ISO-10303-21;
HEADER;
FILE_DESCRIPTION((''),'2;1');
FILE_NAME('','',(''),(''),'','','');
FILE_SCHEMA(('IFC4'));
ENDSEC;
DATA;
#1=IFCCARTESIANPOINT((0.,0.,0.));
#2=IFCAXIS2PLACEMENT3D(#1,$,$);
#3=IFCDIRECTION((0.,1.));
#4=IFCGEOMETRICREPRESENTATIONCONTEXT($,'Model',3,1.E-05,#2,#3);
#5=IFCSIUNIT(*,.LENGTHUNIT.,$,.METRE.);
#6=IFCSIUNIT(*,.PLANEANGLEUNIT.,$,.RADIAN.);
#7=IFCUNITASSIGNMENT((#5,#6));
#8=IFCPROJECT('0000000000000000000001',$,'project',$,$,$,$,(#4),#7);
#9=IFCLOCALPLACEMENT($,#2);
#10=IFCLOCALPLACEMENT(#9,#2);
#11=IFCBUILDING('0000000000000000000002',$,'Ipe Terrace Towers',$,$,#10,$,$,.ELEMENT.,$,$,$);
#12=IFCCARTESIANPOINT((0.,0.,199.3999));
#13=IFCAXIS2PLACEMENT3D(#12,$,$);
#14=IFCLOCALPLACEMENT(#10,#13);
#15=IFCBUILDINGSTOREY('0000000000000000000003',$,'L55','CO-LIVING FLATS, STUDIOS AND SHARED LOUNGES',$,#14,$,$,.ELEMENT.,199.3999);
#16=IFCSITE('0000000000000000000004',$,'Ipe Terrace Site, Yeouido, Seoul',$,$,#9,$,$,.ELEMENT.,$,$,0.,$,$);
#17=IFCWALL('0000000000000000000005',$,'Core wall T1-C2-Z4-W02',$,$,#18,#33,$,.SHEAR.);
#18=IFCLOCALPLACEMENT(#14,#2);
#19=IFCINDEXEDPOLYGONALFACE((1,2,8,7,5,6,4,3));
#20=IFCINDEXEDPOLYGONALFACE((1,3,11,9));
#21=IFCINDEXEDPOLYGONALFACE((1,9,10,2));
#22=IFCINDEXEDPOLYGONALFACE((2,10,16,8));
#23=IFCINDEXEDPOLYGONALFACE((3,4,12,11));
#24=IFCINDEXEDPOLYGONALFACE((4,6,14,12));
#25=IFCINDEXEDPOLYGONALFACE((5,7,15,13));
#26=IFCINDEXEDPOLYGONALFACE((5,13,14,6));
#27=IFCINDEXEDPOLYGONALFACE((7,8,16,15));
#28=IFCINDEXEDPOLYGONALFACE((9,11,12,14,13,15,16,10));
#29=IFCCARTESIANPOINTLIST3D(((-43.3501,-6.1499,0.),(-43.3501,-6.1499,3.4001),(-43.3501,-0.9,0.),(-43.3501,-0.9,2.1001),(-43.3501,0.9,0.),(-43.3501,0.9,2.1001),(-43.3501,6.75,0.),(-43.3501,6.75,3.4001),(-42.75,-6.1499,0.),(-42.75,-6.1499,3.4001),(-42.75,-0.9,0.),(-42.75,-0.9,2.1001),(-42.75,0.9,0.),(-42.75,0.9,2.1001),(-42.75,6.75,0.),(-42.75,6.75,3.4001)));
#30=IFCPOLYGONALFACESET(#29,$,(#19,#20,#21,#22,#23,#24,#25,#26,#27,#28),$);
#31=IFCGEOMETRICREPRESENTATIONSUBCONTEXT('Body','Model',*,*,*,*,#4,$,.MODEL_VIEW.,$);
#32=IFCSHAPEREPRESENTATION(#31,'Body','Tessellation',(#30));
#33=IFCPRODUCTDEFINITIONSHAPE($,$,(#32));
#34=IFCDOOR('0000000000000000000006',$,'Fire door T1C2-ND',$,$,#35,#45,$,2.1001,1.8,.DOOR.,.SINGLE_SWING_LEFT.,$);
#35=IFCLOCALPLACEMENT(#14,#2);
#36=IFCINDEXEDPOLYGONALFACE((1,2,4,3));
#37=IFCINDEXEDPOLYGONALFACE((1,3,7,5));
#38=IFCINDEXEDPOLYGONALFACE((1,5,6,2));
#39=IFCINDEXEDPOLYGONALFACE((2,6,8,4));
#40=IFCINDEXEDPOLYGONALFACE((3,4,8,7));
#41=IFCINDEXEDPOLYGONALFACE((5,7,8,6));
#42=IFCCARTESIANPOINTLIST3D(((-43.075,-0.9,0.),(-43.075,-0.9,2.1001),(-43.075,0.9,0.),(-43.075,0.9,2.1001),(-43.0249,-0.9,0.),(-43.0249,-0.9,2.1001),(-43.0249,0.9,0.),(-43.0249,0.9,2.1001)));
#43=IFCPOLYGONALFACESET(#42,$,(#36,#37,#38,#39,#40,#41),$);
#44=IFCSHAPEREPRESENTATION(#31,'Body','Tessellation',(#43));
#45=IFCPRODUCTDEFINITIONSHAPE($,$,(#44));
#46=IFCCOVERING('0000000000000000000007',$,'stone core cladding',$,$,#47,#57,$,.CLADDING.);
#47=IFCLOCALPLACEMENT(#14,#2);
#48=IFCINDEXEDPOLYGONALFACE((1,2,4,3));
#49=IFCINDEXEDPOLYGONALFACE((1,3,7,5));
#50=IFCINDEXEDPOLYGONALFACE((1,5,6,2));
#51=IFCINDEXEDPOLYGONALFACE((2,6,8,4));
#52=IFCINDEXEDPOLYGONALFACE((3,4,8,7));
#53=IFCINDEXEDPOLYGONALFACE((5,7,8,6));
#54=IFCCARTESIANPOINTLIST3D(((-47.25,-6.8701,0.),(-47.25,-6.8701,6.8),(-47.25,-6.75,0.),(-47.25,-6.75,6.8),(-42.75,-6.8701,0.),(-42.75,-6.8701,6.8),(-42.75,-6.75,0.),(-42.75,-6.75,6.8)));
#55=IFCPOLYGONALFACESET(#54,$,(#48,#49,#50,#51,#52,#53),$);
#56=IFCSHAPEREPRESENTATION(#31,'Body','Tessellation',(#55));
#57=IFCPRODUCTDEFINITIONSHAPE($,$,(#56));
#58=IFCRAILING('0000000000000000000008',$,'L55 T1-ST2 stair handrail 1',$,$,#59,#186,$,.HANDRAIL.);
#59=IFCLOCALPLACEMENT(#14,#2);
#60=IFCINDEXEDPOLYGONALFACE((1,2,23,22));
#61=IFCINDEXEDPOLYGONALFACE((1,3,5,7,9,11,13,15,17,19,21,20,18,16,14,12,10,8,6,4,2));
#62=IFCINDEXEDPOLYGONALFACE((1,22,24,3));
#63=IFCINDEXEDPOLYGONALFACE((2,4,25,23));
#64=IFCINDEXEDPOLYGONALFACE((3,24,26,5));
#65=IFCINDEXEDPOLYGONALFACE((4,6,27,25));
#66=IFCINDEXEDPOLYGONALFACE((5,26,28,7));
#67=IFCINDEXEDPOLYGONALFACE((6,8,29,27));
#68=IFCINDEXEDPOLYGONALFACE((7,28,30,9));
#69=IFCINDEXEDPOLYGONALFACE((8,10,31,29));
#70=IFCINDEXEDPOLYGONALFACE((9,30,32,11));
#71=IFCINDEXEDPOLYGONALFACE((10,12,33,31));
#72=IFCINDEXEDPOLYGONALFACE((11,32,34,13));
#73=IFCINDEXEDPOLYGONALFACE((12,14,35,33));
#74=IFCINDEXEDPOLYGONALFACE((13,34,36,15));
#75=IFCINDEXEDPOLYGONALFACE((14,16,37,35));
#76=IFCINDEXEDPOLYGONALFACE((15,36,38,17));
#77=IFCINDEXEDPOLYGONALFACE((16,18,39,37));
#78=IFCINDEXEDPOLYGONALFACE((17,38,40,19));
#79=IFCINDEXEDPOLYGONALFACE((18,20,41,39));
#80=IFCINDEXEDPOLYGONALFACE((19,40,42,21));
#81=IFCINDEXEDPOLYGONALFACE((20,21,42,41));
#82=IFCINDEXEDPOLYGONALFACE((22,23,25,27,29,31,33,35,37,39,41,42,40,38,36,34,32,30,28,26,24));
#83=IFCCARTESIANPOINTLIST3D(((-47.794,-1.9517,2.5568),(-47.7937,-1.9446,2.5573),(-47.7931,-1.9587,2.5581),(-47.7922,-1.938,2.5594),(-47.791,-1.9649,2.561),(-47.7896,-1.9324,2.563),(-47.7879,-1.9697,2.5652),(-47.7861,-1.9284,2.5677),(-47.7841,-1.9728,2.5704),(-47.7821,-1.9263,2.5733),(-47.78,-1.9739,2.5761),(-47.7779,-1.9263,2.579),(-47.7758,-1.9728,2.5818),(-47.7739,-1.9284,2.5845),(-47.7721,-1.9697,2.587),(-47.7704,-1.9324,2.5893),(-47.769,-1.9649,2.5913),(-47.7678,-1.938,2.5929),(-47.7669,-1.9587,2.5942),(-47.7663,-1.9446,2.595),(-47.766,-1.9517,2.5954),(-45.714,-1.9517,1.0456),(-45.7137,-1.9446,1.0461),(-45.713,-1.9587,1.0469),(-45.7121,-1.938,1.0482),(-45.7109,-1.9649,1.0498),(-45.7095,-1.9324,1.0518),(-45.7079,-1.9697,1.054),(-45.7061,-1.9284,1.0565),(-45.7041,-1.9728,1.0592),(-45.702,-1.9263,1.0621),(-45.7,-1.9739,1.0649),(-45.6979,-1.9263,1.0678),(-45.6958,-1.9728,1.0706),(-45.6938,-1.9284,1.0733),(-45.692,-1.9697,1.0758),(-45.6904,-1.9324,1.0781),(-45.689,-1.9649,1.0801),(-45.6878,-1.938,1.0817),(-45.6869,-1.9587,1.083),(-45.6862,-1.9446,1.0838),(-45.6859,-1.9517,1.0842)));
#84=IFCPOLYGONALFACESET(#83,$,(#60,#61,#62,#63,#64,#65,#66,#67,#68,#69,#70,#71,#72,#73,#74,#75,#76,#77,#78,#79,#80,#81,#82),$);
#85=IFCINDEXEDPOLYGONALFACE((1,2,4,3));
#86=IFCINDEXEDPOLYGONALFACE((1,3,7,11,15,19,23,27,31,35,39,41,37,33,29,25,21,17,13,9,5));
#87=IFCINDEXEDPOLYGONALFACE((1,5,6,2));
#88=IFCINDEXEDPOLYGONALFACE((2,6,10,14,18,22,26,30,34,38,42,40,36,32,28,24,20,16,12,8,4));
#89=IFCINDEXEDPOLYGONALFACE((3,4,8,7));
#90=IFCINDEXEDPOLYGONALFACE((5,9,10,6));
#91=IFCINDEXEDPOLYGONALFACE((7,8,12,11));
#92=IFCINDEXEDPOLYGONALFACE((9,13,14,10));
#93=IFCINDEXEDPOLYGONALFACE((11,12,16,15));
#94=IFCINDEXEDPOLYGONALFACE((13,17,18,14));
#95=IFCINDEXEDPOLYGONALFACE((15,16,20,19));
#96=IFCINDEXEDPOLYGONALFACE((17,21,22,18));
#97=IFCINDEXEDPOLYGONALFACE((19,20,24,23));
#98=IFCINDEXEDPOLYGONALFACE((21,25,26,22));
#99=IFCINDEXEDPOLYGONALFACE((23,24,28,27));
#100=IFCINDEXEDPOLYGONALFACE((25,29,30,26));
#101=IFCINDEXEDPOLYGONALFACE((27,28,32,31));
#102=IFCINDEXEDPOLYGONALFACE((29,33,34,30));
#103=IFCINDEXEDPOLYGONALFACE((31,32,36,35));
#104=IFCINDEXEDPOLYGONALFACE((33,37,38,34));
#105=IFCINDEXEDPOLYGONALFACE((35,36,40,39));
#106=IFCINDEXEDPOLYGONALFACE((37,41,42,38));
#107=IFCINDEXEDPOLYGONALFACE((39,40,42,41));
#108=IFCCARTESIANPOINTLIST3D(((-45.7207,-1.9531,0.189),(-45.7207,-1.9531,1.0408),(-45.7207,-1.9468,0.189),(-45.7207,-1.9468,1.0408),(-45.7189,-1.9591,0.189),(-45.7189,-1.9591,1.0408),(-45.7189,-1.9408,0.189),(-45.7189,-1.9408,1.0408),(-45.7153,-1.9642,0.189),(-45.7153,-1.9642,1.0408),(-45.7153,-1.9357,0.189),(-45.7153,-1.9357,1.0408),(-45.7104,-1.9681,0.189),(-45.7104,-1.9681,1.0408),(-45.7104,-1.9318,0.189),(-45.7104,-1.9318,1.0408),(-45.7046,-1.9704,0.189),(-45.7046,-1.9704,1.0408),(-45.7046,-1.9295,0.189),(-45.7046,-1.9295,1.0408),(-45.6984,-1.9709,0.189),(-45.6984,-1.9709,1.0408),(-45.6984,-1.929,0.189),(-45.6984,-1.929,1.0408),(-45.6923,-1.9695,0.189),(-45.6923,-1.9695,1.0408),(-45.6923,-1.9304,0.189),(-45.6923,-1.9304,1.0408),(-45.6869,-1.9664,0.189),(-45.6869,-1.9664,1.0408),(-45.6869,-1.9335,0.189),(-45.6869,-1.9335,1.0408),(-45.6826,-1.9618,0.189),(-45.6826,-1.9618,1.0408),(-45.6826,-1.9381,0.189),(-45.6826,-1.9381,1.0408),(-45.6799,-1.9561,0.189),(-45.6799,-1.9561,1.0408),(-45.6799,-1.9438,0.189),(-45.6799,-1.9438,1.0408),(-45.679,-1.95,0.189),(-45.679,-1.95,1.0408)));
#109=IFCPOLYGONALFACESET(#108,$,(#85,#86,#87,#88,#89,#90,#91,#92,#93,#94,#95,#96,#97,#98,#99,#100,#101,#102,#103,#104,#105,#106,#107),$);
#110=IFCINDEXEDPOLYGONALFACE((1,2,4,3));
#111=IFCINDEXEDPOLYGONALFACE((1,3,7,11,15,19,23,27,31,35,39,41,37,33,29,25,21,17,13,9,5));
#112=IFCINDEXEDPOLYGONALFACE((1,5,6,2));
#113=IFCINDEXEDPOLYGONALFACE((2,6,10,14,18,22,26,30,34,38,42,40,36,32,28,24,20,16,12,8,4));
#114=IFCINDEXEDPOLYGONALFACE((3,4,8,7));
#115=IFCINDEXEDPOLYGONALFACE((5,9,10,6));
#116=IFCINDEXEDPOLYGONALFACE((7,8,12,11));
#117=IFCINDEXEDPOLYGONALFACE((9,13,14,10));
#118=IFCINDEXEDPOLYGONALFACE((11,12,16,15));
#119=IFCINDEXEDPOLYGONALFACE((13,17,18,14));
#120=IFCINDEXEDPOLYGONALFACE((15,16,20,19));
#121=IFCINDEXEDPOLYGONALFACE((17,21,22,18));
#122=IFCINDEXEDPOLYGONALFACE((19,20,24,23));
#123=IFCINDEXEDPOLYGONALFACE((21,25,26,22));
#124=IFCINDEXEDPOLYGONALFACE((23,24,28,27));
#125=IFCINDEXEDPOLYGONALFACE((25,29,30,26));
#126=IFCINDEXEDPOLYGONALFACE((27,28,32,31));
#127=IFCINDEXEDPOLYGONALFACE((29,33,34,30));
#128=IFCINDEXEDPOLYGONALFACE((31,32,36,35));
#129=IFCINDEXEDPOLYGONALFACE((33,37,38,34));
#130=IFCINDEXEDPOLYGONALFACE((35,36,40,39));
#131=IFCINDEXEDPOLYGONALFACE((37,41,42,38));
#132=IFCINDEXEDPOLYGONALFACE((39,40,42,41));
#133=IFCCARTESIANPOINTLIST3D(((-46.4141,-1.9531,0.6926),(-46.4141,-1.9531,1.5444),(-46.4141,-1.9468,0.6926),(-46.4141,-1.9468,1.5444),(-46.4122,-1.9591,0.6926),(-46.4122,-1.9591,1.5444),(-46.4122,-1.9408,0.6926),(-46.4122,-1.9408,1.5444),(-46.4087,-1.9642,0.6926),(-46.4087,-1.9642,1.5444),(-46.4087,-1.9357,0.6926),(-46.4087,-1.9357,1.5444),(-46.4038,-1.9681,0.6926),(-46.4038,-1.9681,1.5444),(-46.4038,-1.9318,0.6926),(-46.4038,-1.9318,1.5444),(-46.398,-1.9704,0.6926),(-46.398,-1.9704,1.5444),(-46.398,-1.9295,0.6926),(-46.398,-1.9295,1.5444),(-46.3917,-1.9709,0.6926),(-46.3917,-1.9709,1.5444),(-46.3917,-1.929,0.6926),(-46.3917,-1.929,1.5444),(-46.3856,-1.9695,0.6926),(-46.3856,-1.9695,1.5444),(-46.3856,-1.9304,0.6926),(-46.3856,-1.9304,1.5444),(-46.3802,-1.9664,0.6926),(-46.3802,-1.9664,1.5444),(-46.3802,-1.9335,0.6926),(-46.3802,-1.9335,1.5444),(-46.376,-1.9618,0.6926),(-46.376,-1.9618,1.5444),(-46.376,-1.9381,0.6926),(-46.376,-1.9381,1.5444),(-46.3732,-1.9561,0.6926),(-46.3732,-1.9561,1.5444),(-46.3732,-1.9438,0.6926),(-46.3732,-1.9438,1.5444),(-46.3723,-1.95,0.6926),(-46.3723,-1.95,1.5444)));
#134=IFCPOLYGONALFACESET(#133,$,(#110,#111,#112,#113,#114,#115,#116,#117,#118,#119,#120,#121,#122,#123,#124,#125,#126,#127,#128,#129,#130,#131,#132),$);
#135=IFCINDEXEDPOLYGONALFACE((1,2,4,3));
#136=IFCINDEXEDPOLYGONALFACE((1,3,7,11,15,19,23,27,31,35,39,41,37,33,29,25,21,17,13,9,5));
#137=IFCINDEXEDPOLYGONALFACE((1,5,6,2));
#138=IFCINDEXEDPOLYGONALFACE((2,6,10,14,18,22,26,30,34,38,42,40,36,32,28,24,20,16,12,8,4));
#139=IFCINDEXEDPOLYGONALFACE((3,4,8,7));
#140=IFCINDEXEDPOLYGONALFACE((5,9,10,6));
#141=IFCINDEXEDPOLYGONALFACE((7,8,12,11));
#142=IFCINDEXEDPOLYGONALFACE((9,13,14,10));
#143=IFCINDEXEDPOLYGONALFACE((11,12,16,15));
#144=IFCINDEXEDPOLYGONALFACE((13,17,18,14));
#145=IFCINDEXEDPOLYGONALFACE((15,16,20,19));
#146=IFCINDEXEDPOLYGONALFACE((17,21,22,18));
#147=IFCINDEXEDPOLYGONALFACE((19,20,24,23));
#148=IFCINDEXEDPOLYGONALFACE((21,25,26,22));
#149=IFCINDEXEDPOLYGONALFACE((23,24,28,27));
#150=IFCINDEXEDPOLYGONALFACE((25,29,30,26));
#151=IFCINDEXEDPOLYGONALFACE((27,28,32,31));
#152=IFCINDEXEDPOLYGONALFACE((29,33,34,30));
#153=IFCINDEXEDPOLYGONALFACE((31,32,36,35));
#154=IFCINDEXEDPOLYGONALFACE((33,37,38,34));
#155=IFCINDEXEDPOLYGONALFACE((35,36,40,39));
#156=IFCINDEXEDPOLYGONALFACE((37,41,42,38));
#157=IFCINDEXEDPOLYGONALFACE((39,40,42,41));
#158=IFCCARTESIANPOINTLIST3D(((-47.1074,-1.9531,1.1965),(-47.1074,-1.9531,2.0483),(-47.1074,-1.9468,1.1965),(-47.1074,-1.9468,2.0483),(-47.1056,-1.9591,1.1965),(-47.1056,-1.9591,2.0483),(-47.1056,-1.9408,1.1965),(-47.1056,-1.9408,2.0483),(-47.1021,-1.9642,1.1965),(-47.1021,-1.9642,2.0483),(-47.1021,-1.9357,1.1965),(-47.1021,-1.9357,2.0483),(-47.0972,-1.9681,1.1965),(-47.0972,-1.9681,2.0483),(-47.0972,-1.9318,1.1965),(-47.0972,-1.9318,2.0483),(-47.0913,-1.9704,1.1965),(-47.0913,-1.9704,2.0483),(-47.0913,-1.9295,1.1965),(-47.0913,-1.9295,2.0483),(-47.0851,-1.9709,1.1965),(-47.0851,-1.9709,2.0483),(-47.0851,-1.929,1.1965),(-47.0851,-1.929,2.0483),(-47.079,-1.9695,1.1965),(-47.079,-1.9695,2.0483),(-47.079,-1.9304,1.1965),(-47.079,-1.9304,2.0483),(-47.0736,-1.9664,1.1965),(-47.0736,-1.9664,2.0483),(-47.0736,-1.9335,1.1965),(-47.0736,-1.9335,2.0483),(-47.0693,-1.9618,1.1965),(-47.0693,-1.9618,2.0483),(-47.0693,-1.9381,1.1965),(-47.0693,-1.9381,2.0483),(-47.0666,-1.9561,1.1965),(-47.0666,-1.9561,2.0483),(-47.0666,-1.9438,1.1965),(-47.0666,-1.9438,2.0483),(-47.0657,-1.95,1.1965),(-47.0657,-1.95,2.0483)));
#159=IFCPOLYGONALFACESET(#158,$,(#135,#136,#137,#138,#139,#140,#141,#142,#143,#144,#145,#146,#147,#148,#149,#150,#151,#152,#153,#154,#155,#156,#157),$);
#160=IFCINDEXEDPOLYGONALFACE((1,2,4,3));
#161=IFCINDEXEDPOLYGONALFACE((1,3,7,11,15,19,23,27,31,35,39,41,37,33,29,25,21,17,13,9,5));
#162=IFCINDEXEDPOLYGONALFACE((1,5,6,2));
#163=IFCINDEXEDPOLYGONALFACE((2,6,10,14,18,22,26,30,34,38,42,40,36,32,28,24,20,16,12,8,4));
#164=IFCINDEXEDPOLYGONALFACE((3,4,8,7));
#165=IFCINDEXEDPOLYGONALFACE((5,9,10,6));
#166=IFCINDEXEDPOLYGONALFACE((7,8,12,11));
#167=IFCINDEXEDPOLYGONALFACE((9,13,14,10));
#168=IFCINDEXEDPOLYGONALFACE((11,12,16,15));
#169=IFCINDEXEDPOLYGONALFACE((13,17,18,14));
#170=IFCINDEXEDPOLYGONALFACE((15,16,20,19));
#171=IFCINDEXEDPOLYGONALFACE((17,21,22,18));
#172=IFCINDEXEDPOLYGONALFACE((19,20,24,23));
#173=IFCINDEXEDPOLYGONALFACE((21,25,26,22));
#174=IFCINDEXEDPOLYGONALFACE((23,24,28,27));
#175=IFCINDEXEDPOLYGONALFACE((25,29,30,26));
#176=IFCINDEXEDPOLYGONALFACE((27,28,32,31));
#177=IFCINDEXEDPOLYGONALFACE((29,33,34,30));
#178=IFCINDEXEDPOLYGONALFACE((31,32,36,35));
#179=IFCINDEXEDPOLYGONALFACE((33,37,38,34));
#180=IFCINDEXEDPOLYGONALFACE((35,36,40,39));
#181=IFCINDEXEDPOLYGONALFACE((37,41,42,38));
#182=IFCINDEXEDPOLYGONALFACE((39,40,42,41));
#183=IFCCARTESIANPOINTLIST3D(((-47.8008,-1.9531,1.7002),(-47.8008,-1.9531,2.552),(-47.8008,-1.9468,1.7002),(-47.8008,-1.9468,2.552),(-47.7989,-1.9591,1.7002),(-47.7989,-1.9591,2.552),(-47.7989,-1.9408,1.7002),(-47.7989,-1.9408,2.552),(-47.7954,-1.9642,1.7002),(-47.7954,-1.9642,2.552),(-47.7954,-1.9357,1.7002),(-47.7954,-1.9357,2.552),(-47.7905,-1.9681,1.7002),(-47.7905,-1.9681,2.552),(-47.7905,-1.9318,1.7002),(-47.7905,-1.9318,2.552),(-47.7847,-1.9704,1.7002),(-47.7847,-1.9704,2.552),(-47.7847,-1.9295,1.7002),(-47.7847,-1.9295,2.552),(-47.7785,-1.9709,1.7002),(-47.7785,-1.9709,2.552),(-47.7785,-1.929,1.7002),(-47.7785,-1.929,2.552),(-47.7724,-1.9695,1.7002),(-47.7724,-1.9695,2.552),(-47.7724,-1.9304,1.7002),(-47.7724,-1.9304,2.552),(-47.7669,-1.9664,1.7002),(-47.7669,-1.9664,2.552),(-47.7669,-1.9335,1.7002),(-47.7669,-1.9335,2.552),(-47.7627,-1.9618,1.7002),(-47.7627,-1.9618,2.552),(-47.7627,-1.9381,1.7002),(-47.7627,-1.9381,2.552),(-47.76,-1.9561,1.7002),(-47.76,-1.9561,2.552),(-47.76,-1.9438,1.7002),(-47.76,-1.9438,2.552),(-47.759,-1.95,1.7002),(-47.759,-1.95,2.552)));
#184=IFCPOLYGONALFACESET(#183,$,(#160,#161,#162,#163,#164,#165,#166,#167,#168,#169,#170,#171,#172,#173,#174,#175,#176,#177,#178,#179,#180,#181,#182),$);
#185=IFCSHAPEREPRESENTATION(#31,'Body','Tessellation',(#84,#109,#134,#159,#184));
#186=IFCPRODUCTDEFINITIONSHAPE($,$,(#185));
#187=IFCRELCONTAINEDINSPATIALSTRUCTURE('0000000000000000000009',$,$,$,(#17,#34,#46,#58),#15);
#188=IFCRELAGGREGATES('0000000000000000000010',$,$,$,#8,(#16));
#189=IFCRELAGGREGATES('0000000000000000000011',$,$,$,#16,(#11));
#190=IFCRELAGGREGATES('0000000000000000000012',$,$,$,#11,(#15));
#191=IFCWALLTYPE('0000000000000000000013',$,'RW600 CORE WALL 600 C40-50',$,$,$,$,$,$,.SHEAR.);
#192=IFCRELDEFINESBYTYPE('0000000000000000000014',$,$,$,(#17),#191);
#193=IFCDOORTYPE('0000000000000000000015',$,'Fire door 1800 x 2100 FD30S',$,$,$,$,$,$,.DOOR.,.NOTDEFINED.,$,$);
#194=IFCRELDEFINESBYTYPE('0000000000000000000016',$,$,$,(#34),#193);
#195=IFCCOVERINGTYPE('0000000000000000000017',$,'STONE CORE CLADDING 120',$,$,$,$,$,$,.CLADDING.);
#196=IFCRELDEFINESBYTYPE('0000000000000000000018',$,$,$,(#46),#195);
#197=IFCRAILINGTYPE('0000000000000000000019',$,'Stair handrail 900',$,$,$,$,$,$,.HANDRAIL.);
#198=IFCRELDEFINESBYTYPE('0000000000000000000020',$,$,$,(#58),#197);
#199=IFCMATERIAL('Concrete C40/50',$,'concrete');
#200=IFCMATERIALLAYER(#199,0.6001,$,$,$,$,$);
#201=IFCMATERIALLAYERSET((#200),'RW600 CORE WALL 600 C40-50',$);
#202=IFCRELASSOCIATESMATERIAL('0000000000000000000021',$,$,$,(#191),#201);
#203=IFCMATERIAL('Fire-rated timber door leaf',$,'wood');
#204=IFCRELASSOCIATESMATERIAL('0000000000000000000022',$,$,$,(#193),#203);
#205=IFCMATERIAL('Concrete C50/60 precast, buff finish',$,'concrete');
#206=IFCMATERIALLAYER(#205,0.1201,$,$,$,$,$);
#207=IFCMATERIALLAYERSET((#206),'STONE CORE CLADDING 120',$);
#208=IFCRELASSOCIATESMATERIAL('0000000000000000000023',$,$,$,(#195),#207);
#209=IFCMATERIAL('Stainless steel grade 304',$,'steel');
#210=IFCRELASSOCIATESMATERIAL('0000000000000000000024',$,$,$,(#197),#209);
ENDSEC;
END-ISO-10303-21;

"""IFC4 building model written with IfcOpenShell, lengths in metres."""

from ifc_helpers import new_model, si_unit, direction, frame, frame_2d, origin, origin_2d, place, context, subcontext, project, spatial, rectangle, circle, extrude, material, layer, layer_set, type_object, element, fill, save


model = new_model("IFC4")

# Units and contexts
model_context = context("Model", 3, precision=1e-05, world=origin(), true_north=direction((0.0, 1.0)))
body_context = subcontext(model_context, "Body", "Model", "MODEL_VIEW")
ifc_project = project(units=[si_unit("LENGTHUNIT", "METRE"), si_unit("PLANEANGLEUNIT", "RADIAN")], contexts=[model_context])

# Site, building, storey
site_placement = place(None, origin())
site = spatial("IfcSite", under=ifc_project, at=site_placement, Name="Ipe Terrace Site, Yeouido, Seoul", CompositionType="ELEMENT", RefElevation=0.0)
building_placement = place(site_placement, origin())
building = spatial("IfcBuilding", under=site, at=building_placement, Name="Ipe Terrace Towers", CompositionType="ELEMENT")
storey_placement = place(building_placement, frame((0.0, 0.0, 199.3999)))
storey = spatial("IfcBuildingStorey", under=building, at=storey_placement, Name="L55", Description="CO-LIVING FLATS, STUDIOS AND SHARED LOUNGES", CompositionType="ELEMENT", Elevation=199.3999)

# Shared definitions
ifc_material_1 = material(Name="Concrete C40/50", Category="concrete")
ifc_layer_1 = layer(ifc_material_1, 0.6001)
ifc_layer_set_1 = layer_set([ifc_layer_1], Name="RW600 CORE WALL 600 C40-50")
wall_type_1 = type_object("IfcWallType", Name="RW600 CORE WALL 600 C40-50", PredefinedType="SHEAR", material=ifc_layer_set_1)

# Wall, opening, door
wall_1_placement = place(storey_placement, frame((-43.05, -6.1499, 0.0), z_axis=(0.0, 0.0, 1.0), x_axis=(0.0, 1.0, 0.0)))
wall_1 = element("IfcWall", 1, at=wall_1_placement, inside=storey, type_object=wall_type_1, Name="Core wall T1-C2-Z4-W02", PredefinedType="SHEAR", context=body_context, shape_type="SweptSolid", body=[
    extrude(rectangle(XDim=12.8999, YDim=0.6001, at=frame_2d((6.45, 0.0))), origin(), (0.0, 0.0, 1.0), 3.4001),
])
opening_1_placement = place(wall_1_placement, frame((5.25, 0.0, 0.0)))
opening_1 = element("IfcOpeningElement", 2, at=opening_1_placement, cuts=wall_1, PredefinedType="OPENING", context=body_context, shape_type="SweptSolid", body=[
    extrude(rectangle(XDim=1.8, YDim=2.1001, at=frame_2d((0.8999, 1.05))), frame((0.0, 0.3101, 0.0), z_axis=(0.0, -1.0, 0.0), x_axis=(1.0, 0.0, 0.0)), (0.0, 0.0, 1.0), 0.6201),
])
ifc_material_2 = material(Name="Fire-rated timber door leaf", Category="wood")
door_type_1 = type_object("IfcDoorType", Name="Fire door 1800 x 2100 FD30S", OperationType="NOTDEFINED", PredefinedType="DOOR", material=ifc_material_2)
door_1_placement = place(opening_1_placement, origin())
door_1 = element("IfcDoor", 3, at=door_1_placement, inside=storey, type_object=door_type_1, Name="Fire door T1C2-ND", OperationType="SINGLE_SWING_LEFT", OverallHeight=2.1001, OverallWidth=1.8, PredefinedType="DOOR", context=body_context, shape_type="SweptSolid", body=[
    extrude(rectangle(XDim=1.8, YDim=2.1001, at=frame_2d((0.8999, 1.05))), frame((0.0, 0.0249, 0.0), z_axis=(0.0, -1.0, 0.0), x_axis=(1.0, 0.0, 0.0)), (0.0, 0.0, 1.0), 0.05),
])
fill(opening_1, door_1)

# Covering
ifc_material_3 = material(Name="Concrete C50/60 precast, buff finish", Category="concrete")
ifc_layer_2 = layer(ifc_material_3, 0.1201)
ifc_layer_set_2 = layer_set([ifc_layer_2], Name="STONE CORE CLADDING 120")
covering_type = type_object("IfcCoveringType", Name="STONE CORE CLADDING 120", PredefinedType="CLADDING", material=ifc_layer_set_2)
covering_placement = place(storey_placement, frame((-45.0, -6.8101, 0.0), z_axis=(0.0, 0.0, 1.0), x_axis=(1.0, 0.0, 0.0)))
element("IfcCovering", 4, at=covering_placement, inside=storey, type_object=covering_type, Name="stone core cladding", PredefinedType="CLADDING", context=body_context, shape_type="SweptSolid", body=[
    extrude(rectangle(XDim=4.5, YDim=0.1201, at=origin_2d()), origin(), (0.0, 0.0, 1.0), 6.8),
])

# Railing
ifc_material_4 = material(Name="Stainless steel grade 304", Category="steel")
railing_type_1 = type_object("IfcRailingType", Name="Stair handrail 900", PredefinedType="HANDRAIL", material=ifc_material_4)
railing_1_placement = place(storey_placement, frame((-45.7, -1.95, 0.189)))
element("IfcRailing", 5, at=railing_1_placement, inside=storey, type_object=railing_type_1, Name="L55 T1-ST2 stair handrail 1", PredefinedType="HANDRAIL", context=body_context, shape_type="SweptSolid", body=[
    extrude(circle(Radius=0.0239, at=origin_2d()), frame((0.0, 0.0, 0.876), z_axis=(-0.809023, 0.0, 0.587776), x_axis=(0.0, -1.0, 0.0)), (0.0, 0.0, 1.0), 2.571),
    extrude(circle(Radius=0.021, at=origin_2d()), origin(), (0.0, 0.0, 1.0), 0.8518),
    extrude(circle(Radius=0.021, at=origin_2d()), frame((-0.6934, 0.0, 0.5037)), (0.0, 0.0, 1.0), 0.8518),
    extrude(circle(Radius=0.021, at=origin_2d()), frame((-1.3867, 0.0, 1.0076)), (0.0, 0.0, 1.0), 0.8518),
    extrude(circle(Radius=0.021, at=origin_2d()), frame((-2.0801, 0.0, 1.5112)), (0.0, 0.0, 1.0), 0.8518),
])

save(model, "model.ifc")
